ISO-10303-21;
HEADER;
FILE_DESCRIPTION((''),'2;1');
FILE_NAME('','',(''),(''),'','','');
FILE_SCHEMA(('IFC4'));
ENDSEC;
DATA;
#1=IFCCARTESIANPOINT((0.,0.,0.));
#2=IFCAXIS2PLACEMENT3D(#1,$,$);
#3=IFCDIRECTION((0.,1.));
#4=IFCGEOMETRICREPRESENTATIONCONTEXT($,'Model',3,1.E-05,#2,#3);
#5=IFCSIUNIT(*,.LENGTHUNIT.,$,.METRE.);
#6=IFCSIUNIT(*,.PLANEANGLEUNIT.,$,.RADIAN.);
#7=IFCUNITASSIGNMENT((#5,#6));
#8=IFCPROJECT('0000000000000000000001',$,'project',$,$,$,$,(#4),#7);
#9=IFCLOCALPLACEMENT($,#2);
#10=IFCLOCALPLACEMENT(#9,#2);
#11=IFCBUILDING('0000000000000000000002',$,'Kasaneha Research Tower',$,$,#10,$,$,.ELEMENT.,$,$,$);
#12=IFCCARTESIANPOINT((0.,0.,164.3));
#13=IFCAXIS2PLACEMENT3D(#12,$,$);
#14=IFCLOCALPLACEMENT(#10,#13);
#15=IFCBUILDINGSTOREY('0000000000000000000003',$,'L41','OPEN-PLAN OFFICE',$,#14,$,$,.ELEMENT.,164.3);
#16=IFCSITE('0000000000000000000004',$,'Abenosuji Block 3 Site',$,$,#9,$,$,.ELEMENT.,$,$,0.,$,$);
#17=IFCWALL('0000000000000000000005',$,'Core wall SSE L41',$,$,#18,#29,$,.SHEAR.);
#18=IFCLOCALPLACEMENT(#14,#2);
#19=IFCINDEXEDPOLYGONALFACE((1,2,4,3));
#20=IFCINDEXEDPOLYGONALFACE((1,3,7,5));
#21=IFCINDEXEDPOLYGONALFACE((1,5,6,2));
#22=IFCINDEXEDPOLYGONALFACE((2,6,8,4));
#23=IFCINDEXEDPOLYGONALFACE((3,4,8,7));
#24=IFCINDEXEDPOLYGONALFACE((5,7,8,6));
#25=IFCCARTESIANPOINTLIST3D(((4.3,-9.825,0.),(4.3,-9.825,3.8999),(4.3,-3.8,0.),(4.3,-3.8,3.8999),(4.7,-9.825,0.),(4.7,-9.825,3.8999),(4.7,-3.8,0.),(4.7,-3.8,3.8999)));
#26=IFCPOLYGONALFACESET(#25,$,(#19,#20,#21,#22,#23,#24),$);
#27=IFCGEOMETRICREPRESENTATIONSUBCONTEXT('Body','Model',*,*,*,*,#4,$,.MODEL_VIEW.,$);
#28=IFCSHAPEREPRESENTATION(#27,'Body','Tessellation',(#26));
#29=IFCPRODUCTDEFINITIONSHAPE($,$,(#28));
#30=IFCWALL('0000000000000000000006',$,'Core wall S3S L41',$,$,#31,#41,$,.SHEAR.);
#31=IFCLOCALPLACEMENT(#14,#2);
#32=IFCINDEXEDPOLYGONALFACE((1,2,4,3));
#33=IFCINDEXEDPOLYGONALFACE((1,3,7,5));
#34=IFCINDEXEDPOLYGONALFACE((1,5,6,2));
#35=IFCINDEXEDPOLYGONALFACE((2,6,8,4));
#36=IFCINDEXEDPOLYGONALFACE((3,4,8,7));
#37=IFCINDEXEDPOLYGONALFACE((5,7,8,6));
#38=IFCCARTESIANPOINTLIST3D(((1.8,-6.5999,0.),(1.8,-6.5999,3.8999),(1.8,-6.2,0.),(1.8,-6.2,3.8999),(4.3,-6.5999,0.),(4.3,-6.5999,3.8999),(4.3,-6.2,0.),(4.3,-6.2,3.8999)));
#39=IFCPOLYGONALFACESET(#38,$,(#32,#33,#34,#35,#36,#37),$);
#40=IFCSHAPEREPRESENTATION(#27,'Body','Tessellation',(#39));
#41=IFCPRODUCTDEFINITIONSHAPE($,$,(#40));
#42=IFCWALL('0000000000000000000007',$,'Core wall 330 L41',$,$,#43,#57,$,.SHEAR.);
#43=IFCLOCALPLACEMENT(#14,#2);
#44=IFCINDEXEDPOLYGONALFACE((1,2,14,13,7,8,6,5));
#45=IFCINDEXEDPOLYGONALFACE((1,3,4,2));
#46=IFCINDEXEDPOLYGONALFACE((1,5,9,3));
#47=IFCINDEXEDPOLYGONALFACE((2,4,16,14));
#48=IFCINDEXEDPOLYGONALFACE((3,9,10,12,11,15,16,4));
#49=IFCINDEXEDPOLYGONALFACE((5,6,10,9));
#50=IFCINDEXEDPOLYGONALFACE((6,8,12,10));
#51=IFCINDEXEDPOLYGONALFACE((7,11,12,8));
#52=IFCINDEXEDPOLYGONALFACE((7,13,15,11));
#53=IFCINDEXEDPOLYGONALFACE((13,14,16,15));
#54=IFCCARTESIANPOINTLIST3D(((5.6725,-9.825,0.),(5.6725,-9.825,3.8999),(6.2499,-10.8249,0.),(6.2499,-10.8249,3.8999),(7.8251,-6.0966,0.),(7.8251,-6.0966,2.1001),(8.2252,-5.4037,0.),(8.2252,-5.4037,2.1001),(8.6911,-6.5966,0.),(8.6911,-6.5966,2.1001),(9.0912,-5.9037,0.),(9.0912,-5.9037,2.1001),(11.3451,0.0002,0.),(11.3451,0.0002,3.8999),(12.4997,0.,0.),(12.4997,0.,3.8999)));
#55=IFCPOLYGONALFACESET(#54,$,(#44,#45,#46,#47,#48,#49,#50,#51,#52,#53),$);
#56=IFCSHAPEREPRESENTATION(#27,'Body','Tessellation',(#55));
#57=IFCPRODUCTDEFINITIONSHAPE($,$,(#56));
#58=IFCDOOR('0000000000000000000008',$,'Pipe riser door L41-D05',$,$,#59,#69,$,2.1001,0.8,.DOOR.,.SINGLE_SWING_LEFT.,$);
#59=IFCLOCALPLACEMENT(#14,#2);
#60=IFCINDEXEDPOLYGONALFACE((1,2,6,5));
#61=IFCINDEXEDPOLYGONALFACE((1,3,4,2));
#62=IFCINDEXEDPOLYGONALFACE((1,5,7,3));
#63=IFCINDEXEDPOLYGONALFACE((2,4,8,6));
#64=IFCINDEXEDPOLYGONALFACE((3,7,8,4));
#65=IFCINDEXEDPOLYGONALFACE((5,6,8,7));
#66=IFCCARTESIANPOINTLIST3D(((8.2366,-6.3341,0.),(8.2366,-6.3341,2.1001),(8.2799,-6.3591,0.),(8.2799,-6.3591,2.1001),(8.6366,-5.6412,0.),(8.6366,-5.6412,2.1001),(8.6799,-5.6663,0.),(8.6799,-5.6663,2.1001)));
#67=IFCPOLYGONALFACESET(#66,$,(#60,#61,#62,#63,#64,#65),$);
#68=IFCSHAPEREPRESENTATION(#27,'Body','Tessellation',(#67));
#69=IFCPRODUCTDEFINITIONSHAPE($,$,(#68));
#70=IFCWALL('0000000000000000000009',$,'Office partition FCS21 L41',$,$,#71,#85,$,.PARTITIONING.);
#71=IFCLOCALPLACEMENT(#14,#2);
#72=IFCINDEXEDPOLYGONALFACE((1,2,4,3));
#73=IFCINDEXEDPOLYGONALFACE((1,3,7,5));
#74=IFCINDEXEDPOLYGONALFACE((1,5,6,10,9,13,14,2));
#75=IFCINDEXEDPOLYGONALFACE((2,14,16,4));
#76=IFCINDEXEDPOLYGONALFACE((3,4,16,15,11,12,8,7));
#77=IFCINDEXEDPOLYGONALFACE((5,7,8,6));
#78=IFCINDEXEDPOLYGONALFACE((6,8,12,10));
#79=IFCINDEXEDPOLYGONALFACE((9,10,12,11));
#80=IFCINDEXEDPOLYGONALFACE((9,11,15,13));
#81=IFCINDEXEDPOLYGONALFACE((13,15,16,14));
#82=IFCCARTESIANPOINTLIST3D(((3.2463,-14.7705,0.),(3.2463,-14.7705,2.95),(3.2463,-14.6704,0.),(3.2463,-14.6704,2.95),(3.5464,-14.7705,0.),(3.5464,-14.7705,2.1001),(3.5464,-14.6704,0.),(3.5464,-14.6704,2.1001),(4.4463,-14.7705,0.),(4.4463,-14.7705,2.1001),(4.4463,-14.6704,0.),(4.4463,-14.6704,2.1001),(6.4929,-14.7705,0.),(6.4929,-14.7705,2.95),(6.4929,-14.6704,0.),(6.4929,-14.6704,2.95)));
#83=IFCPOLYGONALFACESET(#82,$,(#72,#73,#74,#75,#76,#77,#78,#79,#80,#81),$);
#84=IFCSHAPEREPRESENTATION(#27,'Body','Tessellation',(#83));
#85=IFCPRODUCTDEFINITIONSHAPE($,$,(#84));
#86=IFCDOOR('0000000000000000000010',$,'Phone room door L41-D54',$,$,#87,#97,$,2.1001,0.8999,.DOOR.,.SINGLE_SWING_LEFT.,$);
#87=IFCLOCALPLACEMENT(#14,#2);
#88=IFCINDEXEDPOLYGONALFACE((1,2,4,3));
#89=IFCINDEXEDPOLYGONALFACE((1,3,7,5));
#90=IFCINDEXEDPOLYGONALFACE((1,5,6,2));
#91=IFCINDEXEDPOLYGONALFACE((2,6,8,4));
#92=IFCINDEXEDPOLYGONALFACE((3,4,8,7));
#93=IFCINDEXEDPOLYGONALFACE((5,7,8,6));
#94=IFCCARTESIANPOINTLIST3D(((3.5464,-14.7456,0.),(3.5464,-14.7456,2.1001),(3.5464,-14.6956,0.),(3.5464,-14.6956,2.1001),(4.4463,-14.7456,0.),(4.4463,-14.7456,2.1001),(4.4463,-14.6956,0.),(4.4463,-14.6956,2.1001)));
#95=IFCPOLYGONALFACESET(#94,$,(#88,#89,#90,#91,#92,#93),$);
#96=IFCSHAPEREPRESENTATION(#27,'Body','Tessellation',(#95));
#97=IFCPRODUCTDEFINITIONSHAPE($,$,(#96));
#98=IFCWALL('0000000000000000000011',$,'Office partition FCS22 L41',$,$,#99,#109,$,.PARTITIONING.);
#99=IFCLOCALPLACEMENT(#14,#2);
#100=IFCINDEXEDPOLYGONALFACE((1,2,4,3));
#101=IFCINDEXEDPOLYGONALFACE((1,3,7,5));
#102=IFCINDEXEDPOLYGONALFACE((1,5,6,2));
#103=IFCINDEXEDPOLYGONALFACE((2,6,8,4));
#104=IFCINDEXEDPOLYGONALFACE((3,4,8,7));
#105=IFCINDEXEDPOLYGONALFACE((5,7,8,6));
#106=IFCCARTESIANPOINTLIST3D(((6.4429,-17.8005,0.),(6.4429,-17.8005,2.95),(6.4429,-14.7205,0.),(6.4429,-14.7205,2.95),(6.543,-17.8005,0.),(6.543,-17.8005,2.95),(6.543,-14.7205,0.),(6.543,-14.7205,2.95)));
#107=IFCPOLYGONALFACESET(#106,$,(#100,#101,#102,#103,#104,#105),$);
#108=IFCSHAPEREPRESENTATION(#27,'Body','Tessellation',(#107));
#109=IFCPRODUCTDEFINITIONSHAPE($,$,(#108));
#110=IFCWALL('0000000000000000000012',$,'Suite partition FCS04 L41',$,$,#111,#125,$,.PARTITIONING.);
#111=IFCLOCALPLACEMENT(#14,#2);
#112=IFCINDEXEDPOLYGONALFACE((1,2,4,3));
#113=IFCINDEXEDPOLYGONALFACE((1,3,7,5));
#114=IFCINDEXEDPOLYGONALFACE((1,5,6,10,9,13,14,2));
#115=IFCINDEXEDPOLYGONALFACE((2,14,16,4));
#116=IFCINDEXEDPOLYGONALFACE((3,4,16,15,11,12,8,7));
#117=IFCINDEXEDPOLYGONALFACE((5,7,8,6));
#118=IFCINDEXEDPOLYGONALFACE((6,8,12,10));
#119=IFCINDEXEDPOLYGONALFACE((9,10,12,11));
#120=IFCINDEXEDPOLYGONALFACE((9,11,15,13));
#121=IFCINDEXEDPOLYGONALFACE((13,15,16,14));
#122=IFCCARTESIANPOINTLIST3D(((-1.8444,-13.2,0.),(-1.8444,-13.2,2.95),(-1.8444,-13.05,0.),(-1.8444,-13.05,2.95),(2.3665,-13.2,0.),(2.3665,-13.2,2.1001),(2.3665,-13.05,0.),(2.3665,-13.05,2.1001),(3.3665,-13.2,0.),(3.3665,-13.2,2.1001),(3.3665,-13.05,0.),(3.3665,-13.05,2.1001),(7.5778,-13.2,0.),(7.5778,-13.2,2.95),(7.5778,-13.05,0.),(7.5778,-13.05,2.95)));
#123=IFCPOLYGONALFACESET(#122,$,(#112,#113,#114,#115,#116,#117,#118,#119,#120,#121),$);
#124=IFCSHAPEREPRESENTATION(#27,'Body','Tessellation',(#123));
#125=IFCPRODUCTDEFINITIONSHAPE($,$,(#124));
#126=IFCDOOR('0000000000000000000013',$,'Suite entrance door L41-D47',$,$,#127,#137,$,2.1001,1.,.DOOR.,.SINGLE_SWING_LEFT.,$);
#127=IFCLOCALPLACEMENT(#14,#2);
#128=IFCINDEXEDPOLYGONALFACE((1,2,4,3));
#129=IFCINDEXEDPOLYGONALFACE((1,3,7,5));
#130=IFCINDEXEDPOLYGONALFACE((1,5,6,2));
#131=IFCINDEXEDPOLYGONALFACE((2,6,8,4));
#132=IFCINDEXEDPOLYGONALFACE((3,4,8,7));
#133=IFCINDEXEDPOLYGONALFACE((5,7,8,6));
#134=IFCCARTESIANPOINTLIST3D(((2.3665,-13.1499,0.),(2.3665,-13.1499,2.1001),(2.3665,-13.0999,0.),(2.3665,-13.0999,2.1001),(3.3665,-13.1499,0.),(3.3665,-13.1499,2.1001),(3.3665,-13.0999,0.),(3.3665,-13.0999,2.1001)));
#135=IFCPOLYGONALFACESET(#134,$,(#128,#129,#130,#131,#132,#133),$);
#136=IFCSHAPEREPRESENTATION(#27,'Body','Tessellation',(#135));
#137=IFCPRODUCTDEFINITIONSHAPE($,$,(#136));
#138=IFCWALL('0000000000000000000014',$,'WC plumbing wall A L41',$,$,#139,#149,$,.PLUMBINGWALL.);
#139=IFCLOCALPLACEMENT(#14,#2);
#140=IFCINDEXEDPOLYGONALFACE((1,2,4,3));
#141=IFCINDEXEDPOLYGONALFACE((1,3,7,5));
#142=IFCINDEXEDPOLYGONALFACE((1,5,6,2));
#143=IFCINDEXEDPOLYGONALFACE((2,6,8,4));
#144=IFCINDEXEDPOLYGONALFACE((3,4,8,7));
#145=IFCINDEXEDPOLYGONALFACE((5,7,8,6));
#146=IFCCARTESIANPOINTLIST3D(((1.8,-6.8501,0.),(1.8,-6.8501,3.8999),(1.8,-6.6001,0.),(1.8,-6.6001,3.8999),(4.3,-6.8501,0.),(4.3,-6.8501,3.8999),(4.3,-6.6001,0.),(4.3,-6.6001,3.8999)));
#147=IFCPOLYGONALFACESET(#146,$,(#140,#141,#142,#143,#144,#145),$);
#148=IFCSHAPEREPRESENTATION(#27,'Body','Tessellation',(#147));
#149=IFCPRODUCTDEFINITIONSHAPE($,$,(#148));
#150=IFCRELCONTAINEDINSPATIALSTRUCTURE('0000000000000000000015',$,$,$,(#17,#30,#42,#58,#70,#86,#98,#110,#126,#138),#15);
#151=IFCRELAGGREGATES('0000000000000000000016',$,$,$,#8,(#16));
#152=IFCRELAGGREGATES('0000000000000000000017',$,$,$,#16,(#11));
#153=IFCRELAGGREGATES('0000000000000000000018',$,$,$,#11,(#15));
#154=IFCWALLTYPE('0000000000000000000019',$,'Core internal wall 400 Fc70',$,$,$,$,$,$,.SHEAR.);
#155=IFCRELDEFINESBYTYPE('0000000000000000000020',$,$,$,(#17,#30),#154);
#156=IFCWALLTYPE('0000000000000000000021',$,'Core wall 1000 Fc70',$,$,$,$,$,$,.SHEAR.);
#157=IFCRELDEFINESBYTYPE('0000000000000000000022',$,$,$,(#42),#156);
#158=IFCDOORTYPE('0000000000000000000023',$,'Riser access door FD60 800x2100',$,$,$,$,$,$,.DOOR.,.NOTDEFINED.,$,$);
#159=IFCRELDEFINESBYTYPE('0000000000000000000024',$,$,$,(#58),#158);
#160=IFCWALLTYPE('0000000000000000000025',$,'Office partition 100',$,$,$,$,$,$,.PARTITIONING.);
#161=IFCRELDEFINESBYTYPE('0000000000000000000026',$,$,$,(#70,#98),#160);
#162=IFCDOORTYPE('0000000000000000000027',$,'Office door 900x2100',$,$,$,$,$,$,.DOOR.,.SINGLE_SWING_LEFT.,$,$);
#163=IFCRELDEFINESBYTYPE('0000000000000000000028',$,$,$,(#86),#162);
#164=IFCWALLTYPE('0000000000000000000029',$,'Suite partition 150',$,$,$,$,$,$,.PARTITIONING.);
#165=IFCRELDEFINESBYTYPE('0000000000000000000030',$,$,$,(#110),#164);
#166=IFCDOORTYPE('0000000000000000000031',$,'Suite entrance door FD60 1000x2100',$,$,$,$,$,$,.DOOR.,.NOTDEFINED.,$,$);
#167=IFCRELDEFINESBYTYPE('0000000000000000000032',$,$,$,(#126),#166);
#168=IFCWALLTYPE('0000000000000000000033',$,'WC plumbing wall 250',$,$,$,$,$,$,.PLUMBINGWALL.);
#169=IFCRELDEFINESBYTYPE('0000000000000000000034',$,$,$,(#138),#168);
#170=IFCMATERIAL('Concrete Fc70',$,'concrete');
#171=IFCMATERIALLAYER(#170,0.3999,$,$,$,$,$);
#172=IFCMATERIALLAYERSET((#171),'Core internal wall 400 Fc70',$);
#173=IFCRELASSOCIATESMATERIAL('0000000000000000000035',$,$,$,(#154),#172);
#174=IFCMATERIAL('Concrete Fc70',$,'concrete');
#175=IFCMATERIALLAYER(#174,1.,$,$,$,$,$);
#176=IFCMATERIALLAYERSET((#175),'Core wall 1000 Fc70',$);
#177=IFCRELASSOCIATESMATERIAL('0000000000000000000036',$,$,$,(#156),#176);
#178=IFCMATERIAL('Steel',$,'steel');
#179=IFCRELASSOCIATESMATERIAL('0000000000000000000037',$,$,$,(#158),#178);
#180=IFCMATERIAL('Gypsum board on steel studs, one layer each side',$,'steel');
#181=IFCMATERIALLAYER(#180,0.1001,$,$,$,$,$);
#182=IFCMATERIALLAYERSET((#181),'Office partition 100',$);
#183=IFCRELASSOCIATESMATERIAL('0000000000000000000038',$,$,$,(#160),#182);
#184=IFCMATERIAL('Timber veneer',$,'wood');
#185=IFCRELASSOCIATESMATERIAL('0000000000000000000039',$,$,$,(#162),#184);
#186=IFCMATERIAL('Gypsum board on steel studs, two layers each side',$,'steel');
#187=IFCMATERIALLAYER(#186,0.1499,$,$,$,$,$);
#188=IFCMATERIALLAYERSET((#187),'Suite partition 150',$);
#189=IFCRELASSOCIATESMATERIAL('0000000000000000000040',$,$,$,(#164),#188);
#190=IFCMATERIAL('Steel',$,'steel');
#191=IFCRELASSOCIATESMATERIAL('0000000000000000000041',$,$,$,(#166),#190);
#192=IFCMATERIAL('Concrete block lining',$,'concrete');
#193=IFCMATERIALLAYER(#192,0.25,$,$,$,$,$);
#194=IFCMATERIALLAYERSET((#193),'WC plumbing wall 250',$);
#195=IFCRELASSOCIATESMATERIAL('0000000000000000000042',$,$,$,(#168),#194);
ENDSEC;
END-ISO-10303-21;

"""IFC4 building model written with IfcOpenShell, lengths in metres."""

from ifc_helpers import new_model, si_unit, direction, frame, frame_2d, origin, place, context, subcontext, project, spatial, polyline, rectangle, outline, extrude, material, layer, layer_set, type_object, element, fill, save


model = new_model("IFC4")

# Units and contexts
model_context = context("Model", 3, precision=1e-05, world=origin(), true_north=direction((0.0, 1.0)))
body_context = subcontext(model_context, "Body", "Model", "MODEL_VIEW")
ifc_project = project(units=[si_unit("LENGTHUNIT", "METRE"), si_unit("PLANEANGLEUNIT", "RADIAN")], contexts=[model_context])

# Site, building, storey
site_placement = place(None, origin())
site = spatial("IfcSite", under=ifc_project, at=site_placement, Name="Abenosuji Block 3 Site", CompositionType="ELEMENT", RefElevation=0.0)
building_placement = place(site_placement, origin())
building = spatial("IfcBuilding", under=site, at=building_placement, Name="Kasaneha Research Tower", CompositionType="ELEMENT")
storey_placement = place(building_placement, frame((0.0, 0.0, 164.3)))
storey = spatial("IfcBuildingStorey", under=building, at=storey_placement, Name="L41", Description="OPEN-PLAN OFFICE", CompositionType="ELEMENT", Elevation=164.3)

# Shared definitions
ifc_material_1 = material(Name="Concrete Fc70", Category="concrete")
ifc_layer_1 = layer(ifc_material_1, 0.3999)
ifc_layer_set_1 = layer_set([ifc_layer_1], Name="Core internal wall 400 Fc70")
wall_type_1 = type_object("IfcWallType", Name="Core internal wall 400 Fc70", PredefinedType="SHEAR", material=ifc_layer_set_1)

# Walls
wall_1_placement = place(storey_placement, frame((4.5, -3.8, 0.0), z_axis=(0.0, 0.0, 1.0), x_axis=(0.0, -1.0, 0.0)))
element("IfcWall", 1, at=wall_1_placement, inside=storey, type_object=wall_type_1, Name="Core wall SSE L41", PredefinedType="SHEAR", context=body_context, shape_type="SweptSolid", body=[
    extrude(rectangle(XDim=6.0249, YDim=0.3999, at=frame_2d((3.0125, 0.0))), origin(), (0.0, 0.0, 1.0), 3.8999),
])
wall_2_placement = place(storey_placement, frame((1.8, -6.3999, 0.0), z_axis=(0.0, 0.0, 1.0), x_axis=(1.0, 0.0, 0.0)))
element("IfcWall", 2, at=wall_2_placement, inside=storey, type_object=wall_type_1, Name="Core wall S3S L41", PredefinedType="SHEAR", context=body_context, shape_type="SweptSolid", body=[
    extrude(rectangle(XDim=2.5, YDim=0.3999, at=frame_2d((1.25, 0.0))), origin(), (0.0, 0.0, 1.0), 3.8999),
])

# Walls, openings, doors
ifc_material_2 = material(Name="Concrete Fc70", Category="concrete")
ifc_layer_2 = layer(ifc_material_2, 1.0)
ifc_layer_set_2 = layer_set([ifc_layer_2], Name="Core wall 1000 Fc70")
wall_type_2 = type_object("IfcWallType", Name="Core wall 1000 Fc70", PredefinedType="SHEAR", material=ifc_layer_set_2)
wall_3_placement = place(storey_placement, frame((5.9612, -10.325, 0.0), z_axis=(0.0, 0.0, 1.0), x_axis=(0.500004, 0.866023, 0.0)))
wall_3 = element("IfcWall", 3, at=wall_3_placement, inside=storey, type_object=wall_type_2, Name="Core wall 330 L41", PredefinedType="SHEAR", context=body_context, shape_type="SweptSolid", body=[
    extrude(outline(polyline([(-0.2886, -0.5), (4.594, -0.5), (5.394, -0.5), (12.2109, -0.5), (11.6338, 0.5), (5.394, 0.5), (4.594, 0.5), (0.2886, 0.5), (-0.2886, -0.5)])), origin(), (0.0, 0.0, 1.0), 3.8999),
])
opening_1_placement = place(wall_3_placement, frame((4.594, 0.0, 0.0)))
opening_1 = element("IfcOpeningElement", 4, at=opening_1_placement, cuts=wall_3, PredefinedType="OPENING", context=body_context, shape_type="SweptSolid", body=[
    extrude(rectangle(XDim=0.8, YDim=2.1001, at=frame_2d((0.3999, 1.05))), frame((0.0, 0.51, 0.0), z_axis=(0.0, -1.0, 0.0), x_axis=(1.0, 0.0, 0.0)), (0.0, 0.0, 1.0), 1.02),
])
ifc_material_3 = material(Name="Steel", Category="steel")
door_type_1 = type_object("IfcDoorType", Name="Riser access door FD60 800x2100", OperationType="NOTDEFINED", PredefinedType="DOOR", material=ifc_material_3)
door_1_placement = place(opening_1_placement, origin())
door_1 = element("IfcDoor", 5, at=door_1_placement, inside=storey, type_object=door_type_1, Name="Pipe riser door L41-D05", OperationType="SINGLE_SWING_LEFT", OverallHeight=2.1001, OverallWidth=0.8, PredefinedType="DOOR", context=body_context, shape_type="SweptSolid", body=[
    extrude(rectangle(XDim=0.8, YDim=2.1001, at=frame_2d((0.3999, 1.05))), frame((0.0, 0.0249, 0.0), z_axis=(0.0, -1.0, 0.0), x_axis=(1.0, 0.0, 0.0)), (0.0, 0.0, 1.0), 0.05),
])
fill(opening_1, door_1)
ifc_material_4 = material(Name="Gypsum board on steel studs, one layer each side", Category="steel")
ifc_layer_3 = layer(ifc_material_4, 0.1001)
ifc_layer_set_3 = layer_set([ifc_layer_3], Name="Office partition 100")
wall_type_3 = type_object("IfcWallType", Name="Office partition 100", PredefinedType="PARTITIONING", material=ifc_layer_set_3)
wall_4_placement = place(storey_placement, frame((3.2463, -14.7205, 0.0), z_axis=(0.0, 0.0, 1.0), x_axis=(1.0, 0.0, 0.0)))
wall_4 = element("IfcWall", 6, at=wall_4_placement, inside=storey, type_object=wall_type_3, Name="Office partition FCS21 L41", PredefinedType="PARTITIONING", context=body_context, shape_type="SweptSolid", body=[
    extrude(rectangle(XDim=3.2466, YDim=0.1001, at=frame_2d((1.6233, 0.0))), origin(), (0.0, 0.0, 1.0), 2.95),
])
opening_2_placement = place(wall_4_placement, frame((0.3, 0.0, 0.0)))
opening_2 = element("IfcOpeningElement", 7, at=opening_2_placement, cuts=wall_4, PredefinedType="OPENING", context=body_context, shape_type="SweptSolid", body=[
    extrude(rectangle(XDim=0.8999, YDim=2.1001, at=frame_2d((0.45, 1.05))), frame((0.0, 0.0601, 0.0), z_axis=(0.0, -1.0, 0.0), x_axis=(1.0, 0.0, 0.0)), (0.0, 0.0, 1.0), 0.1201),
])
ifc_material_5 = material(Name="Timber veneer", Category="wood")
door_type_2 = type_object("IfcDoorType", Name="Office door 900x2100", OperationType="SINGLE_SWING_LEFT", PredefinedType="DOOR", material=ifc_material_5)
door_2_placement = place(opening_2_placement, origin())
door_2 = element("IfcDoor", 8, at=door_2_placement, inside=storey, type_object=door_type_2, Name="Phone room door L41-D54", OperationType="SINGLE_SWING_LEFT", OverallHeight=2.1001, OverallWidth=0.8999, PredefinedType="DOOR", context=body_context, shape_type="SweptSolid", body=[
    extrude(rectangle(XDim=0.8999, YDim=2.1001, at=frame_2d((0.45, 1.05))), frame((0.0, 0.0249, 0.0), z_axis=(0.0, -1.0, 0.0), x_axis=(1.0, 0.0, 0.0)), (0.0, 0.0, 1.0), 0.05),
])
fill(opening_2, door_2)

# Wall
wall_5_placement = place(storey_placement, frame((6.4929, -14.7205, 0.0), z_axis=(0.0, 0.0, 1.0), x_axis=(0.0, -1.0, 0.0)))
element("IfcWall", 9, at=wall_5_placement, inside=storey, type_object=wall_type_3, Name="Office partition FCS22 L41", PredefinedType="PARTITIONING", context=body_context, shape_type="SweptSolid", body=[
    extrude(rectangle(XDim=3.0801, YDim=0.1001, at=frame_2d((1.54, 0.0))), origin(), (0.0, 0.0, 1.0), 2.95),
])

# Wall, opening, door
ifc_material_6 = material(Name="Gypsum board on steel studs, two layers each side", Category="steel")
ifc_layer_4 = layer(ifc_material_6, 0.1499)
ifc_layer_set_4 = layer_set([ifc_layer_4], Name="Suite partition 150")
wall_type_4 = type_object("IfcWallType", Name="Suite partition 150", PredefinedType="PARTITIONING", material=ifc_layer_set_4)
wall_6_placement = place(storey_placement, frame((7.5776, -13.125, 0.0), z_axis=(0.0, 0.0, 1.0), x_axis=(-1.0, 0.0, 0.0)))
wall_6 = element("IfcWall", 10, at=wall_6_placement, inside=storey, type_object=wall_type_4, Name="Suite partition FCS04 L41", PredefinedType="PARTITIONING", context=body_context, shape_type="SweptSolid", body=[
    extrude(rectangle(XDim=9.4221, YDim=0.1499, at=frame_2d((4.7109, 0.0))), origin(), (0.0, 0.0, 1.0), 2.95),
])
opening_3_placement = place(wall_6_placement, frame((4.2112, 0.0, 0.0)))
opening_3 = element("IfcOpeningElement", 11, at=opening_3_placement, cuts=wall_6, PredefinedType="OPENING", context=body_context, shape_type="SweptSolid", body=[
    extrude(rectangle(XDim=1.0, YDim=2.1001, at=frame_2d((0.5, 1.05))), frame((0.0, 0.085, 0.0), z_axis=(0.0, -1.0, 0.0), x_axis=(1.0, 0.0, 0.0)), (0.0, 0.0, 1.0), 0.1699),
])
ifc_material_7 = material(Name="Steel", Category="steel")
door_type_3 = type_object("IfcDoorType", Name="Suite entrance door FD60 1000x2100", OperationType="NOTDEFINED", PredefinedType="DOOR", material=ifc_material_7)
door_3_placement = place(opening_3_placement, origin())
door_3 = element("IfcDoor", 12, at=door_3_placement, inside=storey, type_object=door_type_3, Name="Suite entrance door L41-D47", OperationType="SINGLE_SWING_LEFT", OverallHeight=2.1001, OverallWidth=1.0, PredefinedType="DOOR", context=body_context, shape_type="SweptSolid", body=[
    extrude(rectangle(XDim=1.0, YDim=2.1001, at=frame_2d((0.5, 1.05))), frame((0.0, 0.0249, 0.0), z_axis=(0.0, -1.0, 0.0), x_axis=(1.0, 0.0, 0.0)), (0.0, 0.0, 1.0), 0.05),
])
fill(opening_3, door_3)

# Wall
ifc_material_8 = material(Name="Concrete block lining", Category="concrete")
ifc_layer_5 = layer(ifc_material_8, 0.25)
ifc_layer_set_5 = layer_set([ifc_layer_5], Name="WC plumbing wall 250")
wall_type_5 = type_object("IfcWallType", Name="WC plumbing wall 250", PredefinedType="PLUMBINGWALL", material=ifc_layer_set_5)
wall_7_placement = place(storey_placement, frame((1.8, -6.7251, 0.0), z_axis=(0.0, 0.0, 1.0), x_axis=(1.0, 0.0, 0.0)))
element("IfcWall", 13, at=wall_7_placement, inside=storey, type_object=wall_type_5, Name="WC plumbing wall A L41", PredefinedType="PLUMBINGWALL", context=body_context, shape_type="SweptSolid", body=[
    extrude(rectangle(XDim=2.5, YDim=0.25, at=frame_2d((1.25, 0.0))), origin(), (0.0, 0.0, 1.0), 3.8999),
])

save(model, "model.ifc")
